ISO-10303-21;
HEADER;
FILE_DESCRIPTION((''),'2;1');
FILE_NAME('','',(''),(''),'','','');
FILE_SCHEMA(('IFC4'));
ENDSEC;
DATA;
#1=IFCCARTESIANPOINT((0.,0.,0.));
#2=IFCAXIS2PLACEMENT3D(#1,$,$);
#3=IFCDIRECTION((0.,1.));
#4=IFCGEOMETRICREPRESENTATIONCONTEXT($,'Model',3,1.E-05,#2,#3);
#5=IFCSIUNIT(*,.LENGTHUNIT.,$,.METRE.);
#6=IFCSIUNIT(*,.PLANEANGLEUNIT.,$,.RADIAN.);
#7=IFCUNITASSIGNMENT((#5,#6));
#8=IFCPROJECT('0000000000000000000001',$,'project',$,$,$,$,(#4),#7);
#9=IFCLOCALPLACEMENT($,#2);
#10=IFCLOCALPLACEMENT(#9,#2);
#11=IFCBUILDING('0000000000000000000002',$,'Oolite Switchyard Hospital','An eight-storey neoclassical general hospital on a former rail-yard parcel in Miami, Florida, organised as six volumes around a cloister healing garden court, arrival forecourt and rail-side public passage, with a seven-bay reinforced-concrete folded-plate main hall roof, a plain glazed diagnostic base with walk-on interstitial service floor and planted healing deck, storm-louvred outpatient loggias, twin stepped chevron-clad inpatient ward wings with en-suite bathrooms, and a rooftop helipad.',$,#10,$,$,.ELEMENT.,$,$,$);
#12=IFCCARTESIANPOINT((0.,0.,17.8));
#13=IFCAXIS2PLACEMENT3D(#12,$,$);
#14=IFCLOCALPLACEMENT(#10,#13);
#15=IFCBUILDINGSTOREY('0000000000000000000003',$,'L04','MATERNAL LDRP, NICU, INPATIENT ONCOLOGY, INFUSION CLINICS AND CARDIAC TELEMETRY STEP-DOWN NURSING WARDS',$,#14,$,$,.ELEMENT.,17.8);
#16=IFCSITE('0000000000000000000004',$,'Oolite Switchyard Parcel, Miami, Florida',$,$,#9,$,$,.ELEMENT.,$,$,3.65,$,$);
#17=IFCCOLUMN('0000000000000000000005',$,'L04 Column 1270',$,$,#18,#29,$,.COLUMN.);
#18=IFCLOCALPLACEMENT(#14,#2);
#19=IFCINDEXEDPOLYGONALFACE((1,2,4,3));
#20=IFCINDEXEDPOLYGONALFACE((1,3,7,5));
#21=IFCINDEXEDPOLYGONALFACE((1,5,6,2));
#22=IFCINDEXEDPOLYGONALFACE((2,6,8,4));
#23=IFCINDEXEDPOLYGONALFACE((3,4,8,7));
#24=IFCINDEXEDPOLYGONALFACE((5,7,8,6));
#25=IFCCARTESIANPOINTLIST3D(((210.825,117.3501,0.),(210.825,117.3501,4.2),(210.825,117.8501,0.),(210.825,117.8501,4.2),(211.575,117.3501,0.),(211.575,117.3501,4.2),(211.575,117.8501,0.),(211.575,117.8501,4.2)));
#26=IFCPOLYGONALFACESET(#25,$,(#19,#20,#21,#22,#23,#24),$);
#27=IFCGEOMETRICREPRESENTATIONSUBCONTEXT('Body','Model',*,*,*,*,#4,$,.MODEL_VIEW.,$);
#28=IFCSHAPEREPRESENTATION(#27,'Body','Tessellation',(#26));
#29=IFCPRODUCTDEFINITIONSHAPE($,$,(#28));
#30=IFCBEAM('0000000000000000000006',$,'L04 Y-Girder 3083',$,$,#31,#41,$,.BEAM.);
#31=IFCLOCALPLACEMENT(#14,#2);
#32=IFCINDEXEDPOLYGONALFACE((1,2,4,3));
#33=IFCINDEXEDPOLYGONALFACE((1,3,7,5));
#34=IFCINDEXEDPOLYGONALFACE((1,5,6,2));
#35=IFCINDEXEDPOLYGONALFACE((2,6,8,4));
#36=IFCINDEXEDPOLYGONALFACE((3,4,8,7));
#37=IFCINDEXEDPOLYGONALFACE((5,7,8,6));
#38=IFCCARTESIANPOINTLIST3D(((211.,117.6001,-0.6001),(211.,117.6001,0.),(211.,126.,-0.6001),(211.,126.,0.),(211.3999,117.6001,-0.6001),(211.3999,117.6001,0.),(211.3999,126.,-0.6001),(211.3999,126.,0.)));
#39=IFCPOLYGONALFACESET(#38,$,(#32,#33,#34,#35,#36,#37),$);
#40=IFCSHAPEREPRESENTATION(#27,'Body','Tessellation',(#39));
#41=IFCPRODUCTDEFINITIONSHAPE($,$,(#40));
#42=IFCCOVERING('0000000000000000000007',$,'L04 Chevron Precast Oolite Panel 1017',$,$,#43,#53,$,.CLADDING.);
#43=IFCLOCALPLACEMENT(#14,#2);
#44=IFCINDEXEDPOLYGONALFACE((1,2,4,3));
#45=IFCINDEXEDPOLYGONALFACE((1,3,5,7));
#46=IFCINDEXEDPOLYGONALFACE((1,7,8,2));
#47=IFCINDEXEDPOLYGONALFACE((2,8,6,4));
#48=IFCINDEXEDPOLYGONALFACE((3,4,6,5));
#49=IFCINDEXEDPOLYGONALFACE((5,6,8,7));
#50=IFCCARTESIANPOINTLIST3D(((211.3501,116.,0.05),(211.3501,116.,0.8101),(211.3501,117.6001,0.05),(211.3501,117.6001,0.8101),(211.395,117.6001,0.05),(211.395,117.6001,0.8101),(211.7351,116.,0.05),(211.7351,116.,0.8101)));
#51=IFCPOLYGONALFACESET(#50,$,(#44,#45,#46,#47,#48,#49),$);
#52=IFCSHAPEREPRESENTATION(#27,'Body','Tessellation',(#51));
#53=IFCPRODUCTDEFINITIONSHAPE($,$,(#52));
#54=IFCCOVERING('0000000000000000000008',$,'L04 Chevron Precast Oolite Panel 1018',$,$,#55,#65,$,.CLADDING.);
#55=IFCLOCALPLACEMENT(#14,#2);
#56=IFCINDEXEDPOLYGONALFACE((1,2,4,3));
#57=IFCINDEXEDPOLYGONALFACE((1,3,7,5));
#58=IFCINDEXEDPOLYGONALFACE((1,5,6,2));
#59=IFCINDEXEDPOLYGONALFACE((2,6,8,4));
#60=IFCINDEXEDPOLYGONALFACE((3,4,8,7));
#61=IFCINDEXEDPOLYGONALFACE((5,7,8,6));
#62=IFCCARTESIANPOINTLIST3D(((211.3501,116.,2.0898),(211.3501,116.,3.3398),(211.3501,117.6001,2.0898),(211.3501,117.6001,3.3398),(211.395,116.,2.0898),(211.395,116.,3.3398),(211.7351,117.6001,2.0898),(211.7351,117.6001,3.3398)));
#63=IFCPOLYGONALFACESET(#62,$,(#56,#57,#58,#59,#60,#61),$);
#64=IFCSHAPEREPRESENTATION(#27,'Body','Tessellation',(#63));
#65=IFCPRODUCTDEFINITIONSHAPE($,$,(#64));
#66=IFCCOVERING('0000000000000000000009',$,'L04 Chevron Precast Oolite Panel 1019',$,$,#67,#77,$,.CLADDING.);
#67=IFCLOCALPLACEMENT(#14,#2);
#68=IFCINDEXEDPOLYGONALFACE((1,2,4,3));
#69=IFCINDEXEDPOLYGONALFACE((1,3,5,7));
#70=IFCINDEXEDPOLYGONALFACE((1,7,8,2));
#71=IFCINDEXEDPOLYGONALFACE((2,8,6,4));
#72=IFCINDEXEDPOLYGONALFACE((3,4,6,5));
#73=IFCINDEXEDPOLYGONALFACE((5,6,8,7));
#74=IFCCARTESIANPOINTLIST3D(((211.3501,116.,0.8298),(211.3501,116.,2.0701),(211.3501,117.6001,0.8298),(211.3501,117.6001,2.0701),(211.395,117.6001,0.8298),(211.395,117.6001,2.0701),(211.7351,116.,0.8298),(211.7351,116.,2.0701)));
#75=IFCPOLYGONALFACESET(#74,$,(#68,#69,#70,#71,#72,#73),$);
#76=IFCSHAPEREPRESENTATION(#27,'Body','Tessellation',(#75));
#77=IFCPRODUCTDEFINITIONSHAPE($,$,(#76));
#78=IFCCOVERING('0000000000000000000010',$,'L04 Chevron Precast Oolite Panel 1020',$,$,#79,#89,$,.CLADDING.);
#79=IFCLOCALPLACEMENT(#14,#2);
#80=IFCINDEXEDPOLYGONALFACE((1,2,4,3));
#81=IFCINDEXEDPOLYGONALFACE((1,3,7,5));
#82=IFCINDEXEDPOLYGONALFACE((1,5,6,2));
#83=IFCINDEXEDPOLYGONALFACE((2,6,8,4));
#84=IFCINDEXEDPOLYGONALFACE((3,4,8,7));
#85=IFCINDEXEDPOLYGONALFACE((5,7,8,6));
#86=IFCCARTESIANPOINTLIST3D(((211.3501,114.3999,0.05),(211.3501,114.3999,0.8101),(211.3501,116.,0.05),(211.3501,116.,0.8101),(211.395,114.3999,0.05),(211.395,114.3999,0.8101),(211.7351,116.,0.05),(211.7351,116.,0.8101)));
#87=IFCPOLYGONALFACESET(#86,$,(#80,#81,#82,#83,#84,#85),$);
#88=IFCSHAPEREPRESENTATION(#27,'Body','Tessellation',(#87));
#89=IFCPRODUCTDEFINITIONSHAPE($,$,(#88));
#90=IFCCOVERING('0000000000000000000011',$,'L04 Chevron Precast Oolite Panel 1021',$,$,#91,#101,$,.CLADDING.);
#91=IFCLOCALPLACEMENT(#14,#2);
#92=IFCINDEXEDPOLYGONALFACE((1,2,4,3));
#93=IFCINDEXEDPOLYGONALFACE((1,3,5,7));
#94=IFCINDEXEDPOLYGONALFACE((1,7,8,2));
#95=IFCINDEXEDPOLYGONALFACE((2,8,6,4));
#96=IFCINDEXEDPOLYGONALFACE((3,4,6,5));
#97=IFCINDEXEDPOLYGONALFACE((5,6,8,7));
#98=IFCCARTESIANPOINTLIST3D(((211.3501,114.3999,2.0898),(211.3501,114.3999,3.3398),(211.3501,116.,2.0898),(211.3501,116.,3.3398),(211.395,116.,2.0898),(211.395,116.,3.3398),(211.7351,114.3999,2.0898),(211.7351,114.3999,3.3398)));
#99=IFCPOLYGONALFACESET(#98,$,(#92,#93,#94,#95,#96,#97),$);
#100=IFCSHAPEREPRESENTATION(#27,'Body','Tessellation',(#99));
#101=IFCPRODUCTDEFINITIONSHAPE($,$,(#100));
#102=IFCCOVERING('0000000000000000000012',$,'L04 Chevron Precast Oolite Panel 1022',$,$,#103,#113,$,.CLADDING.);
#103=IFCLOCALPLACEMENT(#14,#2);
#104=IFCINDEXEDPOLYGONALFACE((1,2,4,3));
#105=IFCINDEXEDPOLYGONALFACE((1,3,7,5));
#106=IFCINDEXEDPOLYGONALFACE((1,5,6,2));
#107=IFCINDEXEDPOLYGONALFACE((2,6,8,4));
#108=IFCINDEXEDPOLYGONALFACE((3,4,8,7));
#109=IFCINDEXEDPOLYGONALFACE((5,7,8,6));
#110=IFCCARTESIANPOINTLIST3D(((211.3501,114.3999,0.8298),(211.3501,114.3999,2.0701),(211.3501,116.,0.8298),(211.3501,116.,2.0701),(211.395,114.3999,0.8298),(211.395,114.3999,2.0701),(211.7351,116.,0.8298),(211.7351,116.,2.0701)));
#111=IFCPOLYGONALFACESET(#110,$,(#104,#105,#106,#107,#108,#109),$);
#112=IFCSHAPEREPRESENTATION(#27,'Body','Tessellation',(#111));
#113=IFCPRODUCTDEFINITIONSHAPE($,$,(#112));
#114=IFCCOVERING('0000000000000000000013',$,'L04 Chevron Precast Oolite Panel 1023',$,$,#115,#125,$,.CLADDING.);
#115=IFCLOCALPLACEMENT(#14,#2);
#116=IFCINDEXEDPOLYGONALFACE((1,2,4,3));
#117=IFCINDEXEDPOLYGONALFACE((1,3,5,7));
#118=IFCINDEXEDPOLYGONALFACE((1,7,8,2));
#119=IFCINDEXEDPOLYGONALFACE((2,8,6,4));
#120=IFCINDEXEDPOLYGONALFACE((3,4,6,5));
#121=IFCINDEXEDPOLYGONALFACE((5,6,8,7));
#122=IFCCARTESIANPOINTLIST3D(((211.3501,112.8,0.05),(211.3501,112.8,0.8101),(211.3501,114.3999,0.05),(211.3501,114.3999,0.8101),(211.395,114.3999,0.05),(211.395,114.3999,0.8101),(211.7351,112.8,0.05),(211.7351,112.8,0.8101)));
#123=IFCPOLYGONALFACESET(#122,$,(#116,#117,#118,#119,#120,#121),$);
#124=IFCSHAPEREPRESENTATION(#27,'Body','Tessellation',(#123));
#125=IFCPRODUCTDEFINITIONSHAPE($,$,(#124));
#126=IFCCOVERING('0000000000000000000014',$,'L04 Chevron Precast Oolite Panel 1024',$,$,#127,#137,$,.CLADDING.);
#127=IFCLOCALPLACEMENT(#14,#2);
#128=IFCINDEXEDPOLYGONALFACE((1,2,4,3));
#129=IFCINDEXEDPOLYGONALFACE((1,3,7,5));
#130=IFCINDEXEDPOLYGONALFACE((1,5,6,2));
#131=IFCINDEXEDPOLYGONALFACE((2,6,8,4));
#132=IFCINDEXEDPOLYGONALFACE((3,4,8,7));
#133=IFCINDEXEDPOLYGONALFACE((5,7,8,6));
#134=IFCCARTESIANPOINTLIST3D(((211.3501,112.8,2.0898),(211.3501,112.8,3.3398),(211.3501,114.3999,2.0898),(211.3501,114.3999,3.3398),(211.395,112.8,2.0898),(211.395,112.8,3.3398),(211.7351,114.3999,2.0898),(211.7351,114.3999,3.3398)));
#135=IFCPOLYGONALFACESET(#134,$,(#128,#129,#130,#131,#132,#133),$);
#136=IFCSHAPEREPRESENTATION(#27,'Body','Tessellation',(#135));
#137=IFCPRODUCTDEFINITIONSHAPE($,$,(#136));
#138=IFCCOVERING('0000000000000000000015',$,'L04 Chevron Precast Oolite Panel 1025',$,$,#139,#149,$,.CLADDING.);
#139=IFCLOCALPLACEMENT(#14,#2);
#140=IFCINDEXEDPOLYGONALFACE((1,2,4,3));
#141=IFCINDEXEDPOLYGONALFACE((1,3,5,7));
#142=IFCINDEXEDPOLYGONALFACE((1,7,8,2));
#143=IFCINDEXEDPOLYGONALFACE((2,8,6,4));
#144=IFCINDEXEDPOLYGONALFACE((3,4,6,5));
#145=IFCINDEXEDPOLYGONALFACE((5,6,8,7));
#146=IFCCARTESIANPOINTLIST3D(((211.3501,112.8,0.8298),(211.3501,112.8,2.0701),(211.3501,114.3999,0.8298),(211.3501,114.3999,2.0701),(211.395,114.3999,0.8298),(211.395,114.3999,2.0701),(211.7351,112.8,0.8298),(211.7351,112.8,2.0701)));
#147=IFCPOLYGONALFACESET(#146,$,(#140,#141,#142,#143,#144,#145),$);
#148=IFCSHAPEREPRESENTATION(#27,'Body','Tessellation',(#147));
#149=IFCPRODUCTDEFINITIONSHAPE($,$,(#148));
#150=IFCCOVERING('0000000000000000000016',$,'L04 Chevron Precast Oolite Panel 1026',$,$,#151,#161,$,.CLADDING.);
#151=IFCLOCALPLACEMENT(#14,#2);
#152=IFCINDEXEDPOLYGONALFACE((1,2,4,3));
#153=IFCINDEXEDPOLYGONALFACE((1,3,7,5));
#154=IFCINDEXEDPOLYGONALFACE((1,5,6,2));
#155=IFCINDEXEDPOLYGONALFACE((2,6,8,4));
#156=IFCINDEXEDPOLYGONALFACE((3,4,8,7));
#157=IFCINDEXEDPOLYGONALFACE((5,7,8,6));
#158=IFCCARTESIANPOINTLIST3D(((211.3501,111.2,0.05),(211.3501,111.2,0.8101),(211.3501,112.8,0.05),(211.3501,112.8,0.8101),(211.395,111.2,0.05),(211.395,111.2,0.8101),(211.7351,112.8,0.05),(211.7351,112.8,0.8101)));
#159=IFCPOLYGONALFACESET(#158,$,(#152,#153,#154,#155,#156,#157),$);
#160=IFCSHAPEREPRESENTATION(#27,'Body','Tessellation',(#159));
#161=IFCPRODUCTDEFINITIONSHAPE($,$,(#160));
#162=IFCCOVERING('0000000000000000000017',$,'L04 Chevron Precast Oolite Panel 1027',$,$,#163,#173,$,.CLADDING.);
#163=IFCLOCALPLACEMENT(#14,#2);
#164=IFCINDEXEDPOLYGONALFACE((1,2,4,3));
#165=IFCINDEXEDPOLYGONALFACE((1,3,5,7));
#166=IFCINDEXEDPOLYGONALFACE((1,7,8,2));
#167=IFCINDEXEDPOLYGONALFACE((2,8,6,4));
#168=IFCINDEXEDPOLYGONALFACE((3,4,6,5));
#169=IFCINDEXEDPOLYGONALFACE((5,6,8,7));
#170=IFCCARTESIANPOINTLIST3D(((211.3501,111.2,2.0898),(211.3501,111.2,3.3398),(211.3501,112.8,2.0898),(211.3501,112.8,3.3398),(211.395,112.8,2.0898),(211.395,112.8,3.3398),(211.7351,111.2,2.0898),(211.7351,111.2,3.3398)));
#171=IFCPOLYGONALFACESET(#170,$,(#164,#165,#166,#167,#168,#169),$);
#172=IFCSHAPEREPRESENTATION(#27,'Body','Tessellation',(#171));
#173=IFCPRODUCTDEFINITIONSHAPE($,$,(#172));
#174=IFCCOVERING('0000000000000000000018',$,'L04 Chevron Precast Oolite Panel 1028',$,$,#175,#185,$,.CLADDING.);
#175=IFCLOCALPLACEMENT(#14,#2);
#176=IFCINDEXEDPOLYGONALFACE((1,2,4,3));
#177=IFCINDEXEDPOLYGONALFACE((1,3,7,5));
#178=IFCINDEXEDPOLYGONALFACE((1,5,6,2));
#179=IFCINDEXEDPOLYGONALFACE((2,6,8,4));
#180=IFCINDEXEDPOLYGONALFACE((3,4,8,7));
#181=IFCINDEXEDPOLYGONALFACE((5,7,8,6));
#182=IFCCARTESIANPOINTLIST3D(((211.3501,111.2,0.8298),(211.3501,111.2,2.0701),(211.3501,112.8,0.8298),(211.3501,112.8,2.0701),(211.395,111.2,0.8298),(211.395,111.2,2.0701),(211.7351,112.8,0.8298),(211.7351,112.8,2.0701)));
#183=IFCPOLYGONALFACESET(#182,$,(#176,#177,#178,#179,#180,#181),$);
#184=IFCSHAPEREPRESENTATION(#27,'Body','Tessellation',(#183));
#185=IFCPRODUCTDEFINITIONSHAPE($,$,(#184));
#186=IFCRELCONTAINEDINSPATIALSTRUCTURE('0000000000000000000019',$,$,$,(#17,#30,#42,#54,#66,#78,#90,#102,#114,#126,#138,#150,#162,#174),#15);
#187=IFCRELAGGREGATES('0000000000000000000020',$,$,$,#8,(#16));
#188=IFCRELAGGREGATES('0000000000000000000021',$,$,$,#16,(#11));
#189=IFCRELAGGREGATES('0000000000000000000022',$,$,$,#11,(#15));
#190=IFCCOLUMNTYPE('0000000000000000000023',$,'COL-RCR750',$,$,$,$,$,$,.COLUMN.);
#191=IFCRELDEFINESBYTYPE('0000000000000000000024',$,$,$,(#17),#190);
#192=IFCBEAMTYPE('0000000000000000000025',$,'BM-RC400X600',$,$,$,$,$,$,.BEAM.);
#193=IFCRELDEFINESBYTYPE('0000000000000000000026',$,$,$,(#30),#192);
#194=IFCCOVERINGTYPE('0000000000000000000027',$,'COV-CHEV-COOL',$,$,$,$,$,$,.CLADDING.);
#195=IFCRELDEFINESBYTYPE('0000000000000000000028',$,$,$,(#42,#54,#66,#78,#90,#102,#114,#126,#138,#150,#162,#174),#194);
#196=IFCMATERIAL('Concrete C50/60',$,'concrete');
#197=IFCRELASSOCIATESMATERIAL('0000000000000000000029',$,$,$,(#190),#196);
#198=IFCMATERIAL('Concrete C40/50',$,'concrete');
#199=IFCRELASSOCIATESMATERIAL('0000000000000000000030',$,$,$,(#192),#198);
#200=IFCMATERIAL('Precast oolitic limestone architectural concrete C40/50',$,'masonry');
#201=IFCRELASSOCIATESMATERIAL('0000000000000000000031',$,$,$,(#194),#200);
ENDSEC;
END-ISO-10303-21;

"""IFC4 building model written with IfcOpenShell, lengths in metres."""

from ifc_helpers import new_model, si_unit, direction, frame, origin, origin_2d, place, context, subcontext, project, spatial, polyline, rectangle, outline, extrude, material, material_profile, profile_set, type_object, element, save


model = new_model("IFC4")

# Units and contexts
model_context = context("Model", 3, precision=1e-05, world=origin(), true_north=direction((0.0, 1.0)))
body_context = subcontext(model_context, "Body", "Model", "MODEL_VIEW")
ifc_project = project(units=[si_unit("LENGTHUNIT", "METRE"), si_unit("PLANEANGLEUNIT", "RADIAN")], contexts=[model_context])

# Site, building, storey
site_placement = place(None, origin())
site = spatial("IfcSite", under=ifc_project, at=site_placement, Name="Oolite Switchyard Parcel, Miami, Florida", CompositionType="ELEMENT", RefElevation=3.65)
building_placement = place(site_placement, origin())
building = spatial("IfcBuilding", under=site, at=building_placement, Name="Oolite Switchyard Hospital", Description="An eight-storey neoclassical general hospital on a former rail-yard parcel in Miami, Florida, organised as six volumes around a cloister healing garden court, arrival forecourt and rail-side public passage, with a seven-bay reinforced-concrete folded-plate main hall roof, a plain glazed diagnostic base with walk-on interstitial service floor and planted healing deck, storm-louvred outpatient loggias, twin stepped chevron-clad inpatient ward wings with en-suite bathrooms, and a rooftop helipad.", CompositionType="ELEMENT")
storey_placement = place(building_placement, frame((0.0, 0.0, 17.8)))
storey = spatial("IfcBuildingStorey", under=building, at=storey_placement, Name="L04", Description="MATERNAL LDRP, NICU, INPATIENT ONCOLOGY, INFUSION CLINICS AND CARDIAC TELEMETRY STEP-DOWN NURSING WARDS", CompositionType="ELEMENT", Elevation=17.8)

# Column
ifc_material_1 = material(Name="Concrete C50/60", Category="concrete")
ifc_material_profile_1 = material_profile(ifc_material_1, rectangle(XDim=0.75, YDim=0.5, at=origin_2d()), Name="RC750X500")
ifc_profile_set_1 = profile_set([ifc_material_profile_1], Name="Concrete C50/60")
column_type = type_object("IfcColumnType", Name="COL-RCR750", PredefinedType="COLUMN", material=ifc_profile_set_1)
column_placement = place(storey_placement, frame((211.2, 117.6001, 0.0), z_axis=(0.0, 0.0, 1.0), x_axis=(1.0, 0.0, 0.0)))
element("IfcColumn", 1, at=column_placement, inside=storey, type_object=column_type, Name="L04 Column 1270", PredefinedType="COLUMN", context=body_context, shape_type="SweptSolid", body=[
    extrude(rectangle(XDim=0.75, YDim=0.5, at=origin_2d()), origin(), (0.0, 0.0, 1.0), 4.2),
])

# Beam
ifc_material_2 = material(Name="Concrete C40/50", Category="concrete")
ifc_material_profile_2 = material_profile(ifc_material_2, rectangle(XDim=0.3999, YDim=0.6001, at=origin_2d()), Name="RCB400X600")
ifc_profile_set_2 = profile_set([ifc_material_profile_2], Name="Concrete C40/50")
beam_type = type_object("IfcBeamType", Name="BM-RC400X600", PredefinedType="BEAM", material=ifc_profile_set_2)
beam_placement = place(storey_placement, frame((211.2, 117.6001, -0.3), z_axis=(0.0, 1.0, 0.0), x_axis=(-1.0, 0.0, 0.0)))
element("IfcBeam", 2, at=beam_placement, inside=storey, type_object=beam_type, Name="L04 Y-Girder 3083", PredefinedType="BEAM", context=body_context, shape_type="SweptSolid", body=[
    extrude(rectangle(XDim=0.3999, YDim=0.6001, at=origin_2d()), origin(), (0.0, 0.0, 1.0), 8.3999),
])

# Coverings
ifc_material_3 = material(Name="Precast oolitic limestone architectural concrete C40/50", Category="masonry")
covering_type = type_object("IfcCoveringType", Name="COV-CHEV-COOL", PredefinedType="CLADDING", material=ifc_material_3)
covering_1_placement = place(storey_placement, frame((211.3501, 117.6001, 0.05), z_axis=(0.0, 0.0, 1.0), x_axis=(0.0, -1.0, 0.0)))
element("IfcCovering", 3, at=covering_1_placement, inside=storey, type_object=covering_type, Name="L04 Chevron Precast Oolite Panel 1017", PredefinedType="CLADDING", context=body_context, shape_type="SweptSolid", body=[
    extrude(outline(polyline([(0.0, 0.0), (1.6001, 0.0), (1.6001, 0.385), (0.0, 0.0449), (0.0, 0.0)])), origin(), (0.0, 0.0, 1.0), 0.76),
])
covering_2_placement = place(storey_placement, frame((211.3501, 117.6001, 2.0898), z_axis=(0.0, 0.0, 1.0), x_axis=(0.0, -1.0, 0.0)))
element("IfcCovering", 4, at=covering_2_placement, inside=storey, type_object=covering_type, Name="L04 Chevron Precast Oolite Panel 1018", PredefinedType="CLADDING", context=body_context, shape_type="SweptSolid", body=[
    extrude(outline(polyline([(0.0, 0.0), (1.6001, 0.0), (1.6001, 0.0449), (0.0, 0.385), (0.0, 0.0)])), origin(), (0.0, 0.0, 1.0), 1.25),
])
covering_3_placement = place(storey_placement, frame((211.3501, 117.6001, 0.8298), z_axis=(0.0, 0.0, 1.0), x_axis=(0.0, -1.0, 0.0)))
element("IfcCovering", 5, at=covering_3_placement, inside=storey, type_object=covering_type, Name="L04 Chevron Precast Oolite Panel 1019", PredefinedType="CLADDING", context=body_context, shape_type="SweptSolid", body=[
    extrude(outline(polyline([(0.0, 0.0), (1.6001, 0.0), (1.6001, 0.385), (0.0, 0.0449), (0.0, 0.0)])), origin(), (0.0, 0.0, 1.0), 1.2402),
])
covering_4_placement = place(storey_placement, frame((211.3501, 116.0, 0.05), z_axis=(0.0, 0.0, 1.0), x_axis=(0.0, -1.0, 0.0)))
element("IfcCovering", 6, at=covering_4_placement, inside=storey, type_object=covering_type, Name="L04 Chevron Precast Oolite Panel 1020", PredefinedType="CLADDING", context=body_context, shape_type="SweptSolid", body=[
    extrude(outline(polyline([(0.0, 0.0), (1.6001, 0.0), (1.6001, 0.0449), (0.0, 0.385), (0.0, 0.0)])), origin(), (0.0, 0.0, 1.0), 0.76),
])
covering_5_placement = place(storey_placement, frame((211.3501, 116.0, 2.0898), z_axis=(0.0, 0.0, 1.0), x_axis=(0.0, -1.0, 0.0)))
element("IfcCovering", 7, at=covering_5_placement, inside=storey, type_object=covering_type, Name="L04 Chevron Precast Oolite Panel 1021", PredefinedType="CLADDING", context=body_context, shape_type="SweptSolid", body=[
    extrude(outline(polyline([(0.0, 0.0), (1.6001, 0.0), (1.6001, 0.385), (0.0, 0.0449), (0.0, 0.0)])), origin(), (0.0, 0.0, 1.0), 1.25),
])
covering_6_placement = place(storey_placement, frame((211.3501, 116.0, 0.8298), z_axis=(0.0, 0.0, 1.0), x_axis=(0.0, -1.0, 0.0)))
element("IfcCovering", 8, at=covering_6_placement, inside=storey, type_object=covering_type, Name="L04 Chevron Precast Oolite Panel 1022", PredefinedType="CLADDING", context=body_context, shape_type="SweptSolid", body=[
    extrude(outline(polyline([(0.0, 0.0), (1.6001, 0.0), (1.6001, 0.0449), (0.0, 0.385), (0.0, 0.0)])), origin(), (0.0, 0.0, 1.0), 1.2402),
])
covering_7_placement = place(storey_placement, frame((211.3501, 114.3999, 0.05), z_axis=(0.0, 0.0, 1.0), x_axis=(0.0, -1.0, 0.0)))
element("IfcCovering", 9, at=covering_7_placement, inside=storey, type_object=covering_type, Name="L04 Chevron Precast Oolite Panel 1023", PredefinedType="CLADDING", context=body_context, shape_type="SweptSolid", body=[
    extrude(outline(polyline([(0.0, 0.0), (1.5999, 0.0), (1.5999, 0.385), (0.0, 0.0449), (0.0, 0.0)])), origin(), (0.0, 0.0, 1.0), 0.76),
])
covering_8_placement = place(storey_placement, frame((211.3501, 114.3999, 2.0898), z_axis=(0.0, 0.0, 1.0), x_axis=(0.0, -1.0, 0.0)))
element("IfcCovering", 10, at=covering_8_placement, inside=storey, type_object=covering_type, Name="L04 Chevron Precast Oolite Panel 1024", PredefinedType="CLADDING", context=body_context, shape_type="SweptSolid", body=[
    extrude(outline(polyline([(0.0, 0.0), (1.5999, 0.0), (1.5999, 0.0449), (0.0, 0.385), (0.0, 0.0)])), origin(), (0.0, 0.0, 1.0), 1.25),
])
covering_9_placement = place(storey_placement, frame((211.3501, 114.3999, 0.8298), z_axis=(0.0, 0.0, 1.0), x_axis=(0.0, -1.0, 0.0)))
element("IfcCovering", 11, at=covering_9_placement, inside=storey, type_object=covering_type, Name="L04 Chevron Precast Oolite Panel 1025", PredefinedType="CLADDING", context=body_context, shape_type="SweptSolid", body=[
    extrude(outline(polyline([(0.0, 0.0), (1.5999, 0.0), (1.5999, 0.385), (0.0, 0.0449), (0.0, 0.0)])), origin(), (0.0, 0.0, 1.0), 1.2402),
])
covering_10_placement = place(storey_placement, frame((211.3501, 112.8, 0.05), z_axis=(0.0, 0.0, 1.0), x_axis=(0.0, -1.0, 0.0)))
element("IfcCovering", 12, at=covering_10_placement, inside=storey, type_object=covering_type, Name="L04 Chevron Precast Oolite Panel 1026", PredefinedType="CLADDING", context=body_context, shape_type="SweptSolid", body=[
    extrude(outline(polyline([(0.0, 0.0), (1.6001, 0.0), (1.6001, 0.0449), (0.0, 0.385), (0.0, 0.0)])), origin(), (0.0, 0.0, 1.0), 0.76),
])
covering_11_placement = place(storey_placement, frame((211.3501, 112.8, 2.0898), z_axis=(0.0, 0.0, 1.0), x_axis=(0.0, -1.0, 0.0)))
element("IfcCovering", 13, at=covering_11_placement, inside=storey, type_object=covering_type, Name="L04 Chevron Precast Oolite Panel 1027", PredefinedType="CLADDING", context=body_context, shape_type="SweptSolid", body=[
    extrude(outline(polyline([(0.0, 0.0), (1.6001, 0.0), (1.6001, 0.385), (0.0, 0.0449), (0.0, 0.0)])), origin(), (0.0, 0.0, 1.0), 1.25),
])
covering_12_placement = place(storey_placement, frame((211.3501, 112.8, 0.8298), z_axis=(0.0, 0.0, 1.0), x_axis=(0.0, -1.0, 0.0)))
element("IfcCovering", 14, at=covering_12_placement, inside=storey, type_object=covering_type, Name="L04 Chevron Precast Oolite Panel 1028", PredefinedType="CLADDING", context=body_context, shape_type="SweptSolid", body=[
    extrude(outline(polyline([(0.0, 0.0), (1.6001, 0.0), (1.6001, 0.0449), (0.0, 0.385), (0.0, 0.0)])), origin(), (0.0, 0.0, 1.0), 1.2402),
])

save(model, "model.ifc")
